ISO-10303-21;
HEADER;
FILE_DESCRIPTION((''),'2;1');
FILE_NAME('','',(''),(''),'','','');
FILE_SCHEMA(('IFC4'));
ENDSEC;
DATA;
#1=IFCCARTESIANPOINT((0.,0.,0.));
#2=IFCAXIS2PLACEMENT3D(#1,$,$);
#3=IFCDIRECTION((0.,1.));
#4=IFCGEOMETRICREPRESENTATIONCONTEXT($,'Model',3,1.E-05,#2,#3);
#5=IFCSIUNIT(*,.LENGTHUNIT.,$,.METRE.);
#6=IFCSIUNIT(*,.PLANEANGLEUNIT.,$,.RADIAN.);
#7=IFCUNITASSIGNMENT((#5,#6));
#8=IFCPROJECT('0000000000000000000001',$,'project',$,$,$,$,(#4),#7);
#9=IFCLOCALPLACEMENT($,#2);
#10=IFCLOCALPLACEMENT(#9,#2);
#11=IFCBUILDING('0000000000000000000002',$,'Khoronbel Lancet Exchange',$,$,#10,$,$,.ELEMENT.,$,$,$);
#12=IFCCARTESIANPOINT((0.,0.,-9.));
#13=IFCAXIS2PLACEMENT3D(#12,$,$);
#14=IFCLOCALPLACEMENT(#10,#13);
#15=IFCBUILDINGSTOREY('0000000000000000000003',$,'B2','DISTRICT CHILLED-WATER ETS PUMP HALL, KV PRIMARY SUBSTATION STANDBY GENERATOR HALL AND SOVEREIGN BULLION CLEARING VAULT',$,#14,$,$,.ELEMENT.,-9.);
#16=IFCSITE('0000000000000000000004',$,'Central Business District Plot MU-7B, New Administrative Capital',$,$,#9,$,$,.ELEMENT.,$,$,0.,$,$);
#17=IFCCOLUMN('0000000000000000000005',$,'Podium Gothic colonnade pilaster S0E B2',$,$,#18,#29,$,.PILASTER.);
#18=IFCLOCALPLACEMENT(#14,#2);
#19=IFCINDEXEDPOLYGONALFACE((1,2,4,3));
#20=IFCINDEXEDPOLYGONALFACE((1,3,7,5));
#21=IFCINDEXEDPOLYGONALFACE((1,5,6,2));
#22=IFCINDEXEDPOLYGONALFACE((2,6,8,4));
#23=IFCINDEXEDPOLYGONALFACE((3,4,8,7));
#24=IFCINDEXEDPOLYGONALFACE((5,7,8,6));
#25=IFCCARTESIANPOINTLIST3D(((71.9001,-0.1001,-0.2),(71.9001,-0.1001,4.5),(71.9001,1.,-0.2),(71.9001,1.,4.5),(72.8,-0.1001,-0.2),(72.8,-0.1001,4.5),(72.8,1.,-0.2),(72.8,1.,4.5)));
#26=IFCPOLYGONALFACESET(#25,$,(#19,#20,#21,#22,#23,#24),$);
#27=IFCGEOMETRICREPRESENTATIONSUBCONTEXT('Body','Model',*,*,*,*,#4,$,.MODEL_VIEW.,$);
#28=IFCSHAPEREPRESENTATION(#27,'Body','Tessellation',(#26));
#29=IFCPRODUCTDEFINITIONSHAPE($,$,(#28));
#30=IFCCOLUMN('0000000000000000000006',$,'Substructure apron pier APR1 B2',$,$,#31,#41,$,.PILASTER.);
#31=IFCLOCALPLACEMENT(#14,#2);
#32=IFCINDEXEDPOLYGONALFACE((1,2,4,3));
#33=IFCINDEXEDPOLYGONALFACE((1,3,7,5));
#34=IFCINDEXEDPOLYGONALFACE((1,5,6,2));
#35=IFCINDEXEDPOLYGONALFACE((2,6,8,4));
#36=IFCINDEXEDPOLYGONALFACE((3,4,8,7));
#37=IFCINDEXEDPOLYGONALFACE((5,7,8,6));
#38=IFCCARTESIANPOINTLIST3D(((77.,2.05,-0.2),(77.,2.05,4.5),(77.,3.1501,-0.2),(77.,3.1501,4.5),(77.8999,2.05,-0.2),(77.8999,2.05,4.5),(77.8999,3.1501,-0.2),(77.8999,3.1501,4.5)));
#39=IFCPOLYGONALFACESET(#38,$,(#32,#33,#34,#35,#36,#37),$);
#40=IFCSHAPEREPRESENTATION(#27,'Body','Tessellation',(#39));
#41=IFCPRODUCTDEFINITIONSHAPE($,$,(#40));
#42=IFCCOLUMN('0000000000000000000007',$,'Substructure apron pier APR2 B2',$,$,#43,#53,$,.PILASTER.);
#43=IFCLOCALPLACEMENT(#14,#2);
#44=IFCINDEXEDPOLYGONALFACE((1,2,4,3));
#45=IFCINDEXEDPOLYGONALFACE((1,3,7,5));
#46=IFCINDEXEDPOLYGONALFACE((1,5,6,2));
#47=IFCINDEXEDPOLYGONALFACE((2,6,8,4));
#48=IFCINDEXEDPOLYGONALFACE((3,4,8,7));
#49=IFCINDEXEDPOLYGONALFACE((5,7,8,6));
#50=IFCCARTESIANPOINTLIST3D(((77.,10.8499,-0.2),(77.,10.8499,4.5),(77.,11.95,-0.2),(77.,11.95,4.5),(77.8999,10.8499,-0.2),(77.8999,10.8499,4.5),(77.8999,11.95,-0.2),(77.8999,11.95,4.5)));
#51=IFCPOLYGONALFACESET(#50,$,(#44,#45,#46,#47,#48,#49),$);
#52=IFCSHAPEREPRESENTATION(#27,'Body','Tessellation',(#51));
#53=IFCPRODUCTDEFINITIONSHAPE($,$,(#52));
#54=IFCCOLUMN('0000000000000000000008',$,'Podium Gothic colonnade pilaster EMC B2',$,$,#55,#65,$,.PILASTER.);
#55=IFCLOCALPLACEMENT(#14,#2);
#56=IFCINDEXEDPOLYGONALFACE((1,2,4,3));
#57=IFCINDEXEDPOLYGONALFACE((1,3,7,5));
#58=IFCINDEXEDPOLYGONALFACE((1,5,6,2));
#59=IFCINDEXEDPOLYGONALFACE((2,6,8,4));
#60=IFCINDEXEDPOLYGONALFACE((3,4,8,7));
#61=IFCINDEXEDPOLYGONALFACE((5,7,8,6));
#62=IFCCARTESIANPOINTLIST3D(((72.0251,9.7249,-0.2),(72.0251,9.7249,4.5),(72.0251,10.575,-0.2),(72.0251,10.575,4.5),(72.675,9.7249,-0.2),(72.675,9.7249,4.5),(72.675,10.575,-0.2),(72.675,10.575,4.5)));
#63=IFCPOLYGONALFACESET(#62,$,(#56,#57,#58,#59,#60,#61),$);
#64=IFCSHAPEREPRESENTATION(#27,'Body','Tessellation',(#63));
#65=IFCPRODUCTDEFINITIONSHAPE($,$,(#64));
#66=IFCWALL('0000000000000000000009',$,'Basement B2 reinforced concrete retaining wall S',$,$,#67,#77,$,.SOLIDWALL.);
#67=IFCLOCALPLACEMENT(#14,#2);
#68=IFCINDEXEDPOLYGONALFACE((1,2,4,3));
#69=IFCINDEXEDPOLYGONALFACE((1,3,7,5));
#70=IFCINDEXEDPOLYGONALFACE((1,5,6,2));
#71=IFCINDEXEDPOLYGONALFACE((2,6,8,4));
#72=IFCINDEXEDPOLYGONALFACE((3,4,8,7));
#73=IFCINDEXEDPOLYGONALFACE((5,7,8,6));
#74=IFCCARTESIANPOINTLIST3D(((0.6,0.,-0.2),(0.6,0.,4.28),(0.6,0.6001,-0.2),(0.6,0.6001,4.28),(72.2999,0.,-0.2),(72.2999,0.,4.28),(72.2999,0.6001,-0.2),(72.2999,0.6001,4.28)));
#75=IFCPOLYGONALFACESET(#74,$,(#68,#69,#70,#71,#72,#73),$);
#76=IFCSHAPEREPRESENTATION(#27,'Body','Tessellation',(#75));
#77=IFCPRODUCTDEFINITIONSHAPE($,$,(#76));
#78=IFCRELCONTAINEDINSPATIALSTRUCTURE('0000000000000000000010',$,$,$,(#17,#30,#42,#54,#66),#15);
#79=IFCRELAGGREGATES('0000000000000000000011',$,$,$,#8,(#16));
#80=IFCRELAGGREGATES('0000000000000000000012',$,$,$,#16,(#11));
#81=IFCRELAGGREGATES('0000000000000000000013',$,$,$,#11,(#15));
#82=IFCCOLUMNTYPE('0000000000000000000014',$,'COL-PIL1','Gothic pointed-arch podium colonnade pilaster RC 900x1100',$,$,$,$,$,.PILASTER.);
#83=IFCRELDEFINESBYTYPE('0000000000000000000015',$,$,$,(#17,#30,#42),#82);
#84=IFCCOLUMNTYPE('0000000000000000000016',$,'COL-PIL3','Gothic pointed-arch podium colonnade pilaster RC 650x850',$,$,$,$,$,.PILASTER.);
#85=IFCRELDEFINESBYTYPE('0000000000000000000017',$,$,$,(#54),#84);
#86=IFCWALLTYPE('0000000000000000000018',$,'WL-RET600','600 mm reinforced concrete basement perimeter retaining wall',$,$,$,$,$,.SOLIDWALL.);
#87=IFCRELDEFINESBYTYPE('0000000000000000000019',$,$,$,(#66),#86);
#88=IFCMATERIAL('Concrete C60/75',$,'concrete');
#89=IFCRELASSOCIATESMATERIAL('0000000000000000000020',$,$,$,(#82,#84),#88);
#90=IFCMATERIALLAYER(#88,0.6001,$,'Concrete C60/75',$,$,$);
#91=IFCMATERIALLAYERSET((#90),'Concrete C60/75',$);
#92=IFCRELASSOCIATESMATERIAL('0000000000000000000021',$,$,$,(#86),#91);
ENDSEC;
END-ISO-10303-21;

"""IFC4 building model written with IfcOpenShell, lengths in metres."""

from ifc_helpers import new_model, si_unit, direction, frame, frame_2d, origin, origin_2d, place, context, subcontext, project, spatial, rectangle, extrude, material, layer, layer_set, material_profile, profile_set, type_object, element, save


model = new_model("IFC4")

# Units and contexts
model_context = context("Model", 3, precision=1e-05, world=origin(), true_north=direction((0.0, 1.0)))
body_context = subcontext(model_context, "Body", "Model", "MODEL_VIEW")
ifc_project = project(units=[si_unit("LENGTHUNIT", "METRE"), si_unit("PLANEANGLEUNIT", "RADIAN")], contexts=[model_context])

# Site, building, storey
site_placement = place(None, origin())
site = spatial("IfcSite", under=ifc_project, at=site_placement, Name="Central Business District Plot MU-7B, New Administrative Capital", CompositionType="ELEMENT", RefElevation=0.0)
building_placement = place(site_placement, origin())
building = spatial("IfcBuilding", under=site, at=building_placement, Name="Khoronbel Lancet Exchange", CompositionType="ELEMENT")
storey_placement = place(building_placement, frame((0.0, 0.0, -9.0)))
storey = spatial("IfcBuildingStorey", under=building, at=storey_placement, Name="B2", Description="DISTRICT CHILLED-WATER ETS PUMP HALL, KV PRIMARY SUBSTATION STANDBY GENERATOR HALL AND SOVEREIGN BULLION CLEARING VAULT", CompositionType="ELEMENT", Elevation=-9.0)

# Columns
ifc_material_1 = material(Name="Concrete C60/75", Category="concrete")
ifc_material_profile_1 = material_profile(ifc_material_1, rectangle(XDim=0.8999, YDim=1.1001, at=origin_2d()), Name="RC 900x1100")
ifc_profile_set_1 = profile_set([ifc_material_profile_1], Name="Concrete C60/75")
column_type_1 = type_object("IfcColumnType", Name="COL-PIL1", Description="Gothic pointed-arch podium colonnade pilaster RC 900x1100", PredefinedType="PILASTER", material=ifc_profile_set_1)
for number, where, z_axis, x_axis, name in (
    (1, (72.3501, 0.45, -0.2), (0.0, 0.0, 1.0), (1.0, 0.0, 0.0), "Podium Gothic colonnade pilaster S0E B2"),
    (2, (77.45, 2.6001, -0.2), (0.0, 0.0, 1.0), (1.0, 0.0, 0.0), "Substructure apron pier APR1 B2"),
    (3, (77.45, 11.3999, -0.2), (0.0, 0.0, 1.0), (1.0, 0.0, 0.0), "Substructure apron pier APR2 B2"),
):
    element("IfcColumn", number, at=place(storey_placement, frame(where, z_axis=z_axis, x_axis=x_axis)), inside=storey, type_object=column_type_1, Name=name, PredefinedType="PILASTER", context=body_context, shape_type="SweptSolid", body=[
        extrude(rectangle(XDim=0.8999, YDim=1.1001, at=origin_2d()), origin(), (0.0, 0.0, 1.0), 4.7),
    ])
ifc_material_profile_2 = material_profile(ifc_material_1, rectangle(XDim=0.6499, YDim=0.8501, at=origin_2d()), Name="RC 650x850")
ifc_profile_set_2 = profile_set([ifc_material_profile_2], Name="Concrete C60/75")
column_type_2 = type_object("IfcColumnType", Name="COL-PIL3", Description="Gothic pointed-arch podium colonnade pilaster RC 650x850", PredefinedType="PILASTER", material=ifc_profile_set_2)
column_1_placement = place(storey_placement, frame((72.3501, 10.1499, -0.2), z_axis=(0.0, 0.0, 1.0), x_axis=(1.0, 0.0, 0.0)))
element("IfcColumn", 4, at=column_1_placement, inside=storey, type_object=column_type_2, Name="Podium Gothic colonnade pilaster EMC B2", PredefinedType="PILASTER", context=body_context, shape_type="SweptSolid", body=[
    extrude(rectangle(XDim=0.6499, YDim=0.8501, at=origin_2d()), origin(), (0.0, 0.0, 1.0), 4.7),
])

# Wall
ifc_layer = layer(ifc_material_1, 0.6001, Name="Concrete C60/75")
ifc_layer_set = layer_set([ifc_layer], Name="Concrete C60/75")
wall_type = type_object("IfcWallType", Name="WL-RET600", Description="600 mm reinforced concrete basement perimeter retaining wall", PredefinedType="SOLIDWALL", material=ifc_layer_set)
wall_placement = place(storey_placement, frame((72.3, 0.3, -0.2), z_axis=(0.0, 0.0, 1.0), x_axis=(-1.0, 0.0, 0.0)))
element("IfcWall", 5, at=wall_placement, inside=storey, type_object=wall_type, Name="Basement B2 reinforced concrete retaining wall S", PredefinedType="SOLIDWALL", context=body_context, shape_type="SweptSolid", body=[
    extrude(rectangle(XDim=71.7, YDim=0.6001, at=frame_2d((35.8501, 0.0))), origin(), (0.0, 0.0, 1.0), 4.48),
])

save(model, "model.ifc")
